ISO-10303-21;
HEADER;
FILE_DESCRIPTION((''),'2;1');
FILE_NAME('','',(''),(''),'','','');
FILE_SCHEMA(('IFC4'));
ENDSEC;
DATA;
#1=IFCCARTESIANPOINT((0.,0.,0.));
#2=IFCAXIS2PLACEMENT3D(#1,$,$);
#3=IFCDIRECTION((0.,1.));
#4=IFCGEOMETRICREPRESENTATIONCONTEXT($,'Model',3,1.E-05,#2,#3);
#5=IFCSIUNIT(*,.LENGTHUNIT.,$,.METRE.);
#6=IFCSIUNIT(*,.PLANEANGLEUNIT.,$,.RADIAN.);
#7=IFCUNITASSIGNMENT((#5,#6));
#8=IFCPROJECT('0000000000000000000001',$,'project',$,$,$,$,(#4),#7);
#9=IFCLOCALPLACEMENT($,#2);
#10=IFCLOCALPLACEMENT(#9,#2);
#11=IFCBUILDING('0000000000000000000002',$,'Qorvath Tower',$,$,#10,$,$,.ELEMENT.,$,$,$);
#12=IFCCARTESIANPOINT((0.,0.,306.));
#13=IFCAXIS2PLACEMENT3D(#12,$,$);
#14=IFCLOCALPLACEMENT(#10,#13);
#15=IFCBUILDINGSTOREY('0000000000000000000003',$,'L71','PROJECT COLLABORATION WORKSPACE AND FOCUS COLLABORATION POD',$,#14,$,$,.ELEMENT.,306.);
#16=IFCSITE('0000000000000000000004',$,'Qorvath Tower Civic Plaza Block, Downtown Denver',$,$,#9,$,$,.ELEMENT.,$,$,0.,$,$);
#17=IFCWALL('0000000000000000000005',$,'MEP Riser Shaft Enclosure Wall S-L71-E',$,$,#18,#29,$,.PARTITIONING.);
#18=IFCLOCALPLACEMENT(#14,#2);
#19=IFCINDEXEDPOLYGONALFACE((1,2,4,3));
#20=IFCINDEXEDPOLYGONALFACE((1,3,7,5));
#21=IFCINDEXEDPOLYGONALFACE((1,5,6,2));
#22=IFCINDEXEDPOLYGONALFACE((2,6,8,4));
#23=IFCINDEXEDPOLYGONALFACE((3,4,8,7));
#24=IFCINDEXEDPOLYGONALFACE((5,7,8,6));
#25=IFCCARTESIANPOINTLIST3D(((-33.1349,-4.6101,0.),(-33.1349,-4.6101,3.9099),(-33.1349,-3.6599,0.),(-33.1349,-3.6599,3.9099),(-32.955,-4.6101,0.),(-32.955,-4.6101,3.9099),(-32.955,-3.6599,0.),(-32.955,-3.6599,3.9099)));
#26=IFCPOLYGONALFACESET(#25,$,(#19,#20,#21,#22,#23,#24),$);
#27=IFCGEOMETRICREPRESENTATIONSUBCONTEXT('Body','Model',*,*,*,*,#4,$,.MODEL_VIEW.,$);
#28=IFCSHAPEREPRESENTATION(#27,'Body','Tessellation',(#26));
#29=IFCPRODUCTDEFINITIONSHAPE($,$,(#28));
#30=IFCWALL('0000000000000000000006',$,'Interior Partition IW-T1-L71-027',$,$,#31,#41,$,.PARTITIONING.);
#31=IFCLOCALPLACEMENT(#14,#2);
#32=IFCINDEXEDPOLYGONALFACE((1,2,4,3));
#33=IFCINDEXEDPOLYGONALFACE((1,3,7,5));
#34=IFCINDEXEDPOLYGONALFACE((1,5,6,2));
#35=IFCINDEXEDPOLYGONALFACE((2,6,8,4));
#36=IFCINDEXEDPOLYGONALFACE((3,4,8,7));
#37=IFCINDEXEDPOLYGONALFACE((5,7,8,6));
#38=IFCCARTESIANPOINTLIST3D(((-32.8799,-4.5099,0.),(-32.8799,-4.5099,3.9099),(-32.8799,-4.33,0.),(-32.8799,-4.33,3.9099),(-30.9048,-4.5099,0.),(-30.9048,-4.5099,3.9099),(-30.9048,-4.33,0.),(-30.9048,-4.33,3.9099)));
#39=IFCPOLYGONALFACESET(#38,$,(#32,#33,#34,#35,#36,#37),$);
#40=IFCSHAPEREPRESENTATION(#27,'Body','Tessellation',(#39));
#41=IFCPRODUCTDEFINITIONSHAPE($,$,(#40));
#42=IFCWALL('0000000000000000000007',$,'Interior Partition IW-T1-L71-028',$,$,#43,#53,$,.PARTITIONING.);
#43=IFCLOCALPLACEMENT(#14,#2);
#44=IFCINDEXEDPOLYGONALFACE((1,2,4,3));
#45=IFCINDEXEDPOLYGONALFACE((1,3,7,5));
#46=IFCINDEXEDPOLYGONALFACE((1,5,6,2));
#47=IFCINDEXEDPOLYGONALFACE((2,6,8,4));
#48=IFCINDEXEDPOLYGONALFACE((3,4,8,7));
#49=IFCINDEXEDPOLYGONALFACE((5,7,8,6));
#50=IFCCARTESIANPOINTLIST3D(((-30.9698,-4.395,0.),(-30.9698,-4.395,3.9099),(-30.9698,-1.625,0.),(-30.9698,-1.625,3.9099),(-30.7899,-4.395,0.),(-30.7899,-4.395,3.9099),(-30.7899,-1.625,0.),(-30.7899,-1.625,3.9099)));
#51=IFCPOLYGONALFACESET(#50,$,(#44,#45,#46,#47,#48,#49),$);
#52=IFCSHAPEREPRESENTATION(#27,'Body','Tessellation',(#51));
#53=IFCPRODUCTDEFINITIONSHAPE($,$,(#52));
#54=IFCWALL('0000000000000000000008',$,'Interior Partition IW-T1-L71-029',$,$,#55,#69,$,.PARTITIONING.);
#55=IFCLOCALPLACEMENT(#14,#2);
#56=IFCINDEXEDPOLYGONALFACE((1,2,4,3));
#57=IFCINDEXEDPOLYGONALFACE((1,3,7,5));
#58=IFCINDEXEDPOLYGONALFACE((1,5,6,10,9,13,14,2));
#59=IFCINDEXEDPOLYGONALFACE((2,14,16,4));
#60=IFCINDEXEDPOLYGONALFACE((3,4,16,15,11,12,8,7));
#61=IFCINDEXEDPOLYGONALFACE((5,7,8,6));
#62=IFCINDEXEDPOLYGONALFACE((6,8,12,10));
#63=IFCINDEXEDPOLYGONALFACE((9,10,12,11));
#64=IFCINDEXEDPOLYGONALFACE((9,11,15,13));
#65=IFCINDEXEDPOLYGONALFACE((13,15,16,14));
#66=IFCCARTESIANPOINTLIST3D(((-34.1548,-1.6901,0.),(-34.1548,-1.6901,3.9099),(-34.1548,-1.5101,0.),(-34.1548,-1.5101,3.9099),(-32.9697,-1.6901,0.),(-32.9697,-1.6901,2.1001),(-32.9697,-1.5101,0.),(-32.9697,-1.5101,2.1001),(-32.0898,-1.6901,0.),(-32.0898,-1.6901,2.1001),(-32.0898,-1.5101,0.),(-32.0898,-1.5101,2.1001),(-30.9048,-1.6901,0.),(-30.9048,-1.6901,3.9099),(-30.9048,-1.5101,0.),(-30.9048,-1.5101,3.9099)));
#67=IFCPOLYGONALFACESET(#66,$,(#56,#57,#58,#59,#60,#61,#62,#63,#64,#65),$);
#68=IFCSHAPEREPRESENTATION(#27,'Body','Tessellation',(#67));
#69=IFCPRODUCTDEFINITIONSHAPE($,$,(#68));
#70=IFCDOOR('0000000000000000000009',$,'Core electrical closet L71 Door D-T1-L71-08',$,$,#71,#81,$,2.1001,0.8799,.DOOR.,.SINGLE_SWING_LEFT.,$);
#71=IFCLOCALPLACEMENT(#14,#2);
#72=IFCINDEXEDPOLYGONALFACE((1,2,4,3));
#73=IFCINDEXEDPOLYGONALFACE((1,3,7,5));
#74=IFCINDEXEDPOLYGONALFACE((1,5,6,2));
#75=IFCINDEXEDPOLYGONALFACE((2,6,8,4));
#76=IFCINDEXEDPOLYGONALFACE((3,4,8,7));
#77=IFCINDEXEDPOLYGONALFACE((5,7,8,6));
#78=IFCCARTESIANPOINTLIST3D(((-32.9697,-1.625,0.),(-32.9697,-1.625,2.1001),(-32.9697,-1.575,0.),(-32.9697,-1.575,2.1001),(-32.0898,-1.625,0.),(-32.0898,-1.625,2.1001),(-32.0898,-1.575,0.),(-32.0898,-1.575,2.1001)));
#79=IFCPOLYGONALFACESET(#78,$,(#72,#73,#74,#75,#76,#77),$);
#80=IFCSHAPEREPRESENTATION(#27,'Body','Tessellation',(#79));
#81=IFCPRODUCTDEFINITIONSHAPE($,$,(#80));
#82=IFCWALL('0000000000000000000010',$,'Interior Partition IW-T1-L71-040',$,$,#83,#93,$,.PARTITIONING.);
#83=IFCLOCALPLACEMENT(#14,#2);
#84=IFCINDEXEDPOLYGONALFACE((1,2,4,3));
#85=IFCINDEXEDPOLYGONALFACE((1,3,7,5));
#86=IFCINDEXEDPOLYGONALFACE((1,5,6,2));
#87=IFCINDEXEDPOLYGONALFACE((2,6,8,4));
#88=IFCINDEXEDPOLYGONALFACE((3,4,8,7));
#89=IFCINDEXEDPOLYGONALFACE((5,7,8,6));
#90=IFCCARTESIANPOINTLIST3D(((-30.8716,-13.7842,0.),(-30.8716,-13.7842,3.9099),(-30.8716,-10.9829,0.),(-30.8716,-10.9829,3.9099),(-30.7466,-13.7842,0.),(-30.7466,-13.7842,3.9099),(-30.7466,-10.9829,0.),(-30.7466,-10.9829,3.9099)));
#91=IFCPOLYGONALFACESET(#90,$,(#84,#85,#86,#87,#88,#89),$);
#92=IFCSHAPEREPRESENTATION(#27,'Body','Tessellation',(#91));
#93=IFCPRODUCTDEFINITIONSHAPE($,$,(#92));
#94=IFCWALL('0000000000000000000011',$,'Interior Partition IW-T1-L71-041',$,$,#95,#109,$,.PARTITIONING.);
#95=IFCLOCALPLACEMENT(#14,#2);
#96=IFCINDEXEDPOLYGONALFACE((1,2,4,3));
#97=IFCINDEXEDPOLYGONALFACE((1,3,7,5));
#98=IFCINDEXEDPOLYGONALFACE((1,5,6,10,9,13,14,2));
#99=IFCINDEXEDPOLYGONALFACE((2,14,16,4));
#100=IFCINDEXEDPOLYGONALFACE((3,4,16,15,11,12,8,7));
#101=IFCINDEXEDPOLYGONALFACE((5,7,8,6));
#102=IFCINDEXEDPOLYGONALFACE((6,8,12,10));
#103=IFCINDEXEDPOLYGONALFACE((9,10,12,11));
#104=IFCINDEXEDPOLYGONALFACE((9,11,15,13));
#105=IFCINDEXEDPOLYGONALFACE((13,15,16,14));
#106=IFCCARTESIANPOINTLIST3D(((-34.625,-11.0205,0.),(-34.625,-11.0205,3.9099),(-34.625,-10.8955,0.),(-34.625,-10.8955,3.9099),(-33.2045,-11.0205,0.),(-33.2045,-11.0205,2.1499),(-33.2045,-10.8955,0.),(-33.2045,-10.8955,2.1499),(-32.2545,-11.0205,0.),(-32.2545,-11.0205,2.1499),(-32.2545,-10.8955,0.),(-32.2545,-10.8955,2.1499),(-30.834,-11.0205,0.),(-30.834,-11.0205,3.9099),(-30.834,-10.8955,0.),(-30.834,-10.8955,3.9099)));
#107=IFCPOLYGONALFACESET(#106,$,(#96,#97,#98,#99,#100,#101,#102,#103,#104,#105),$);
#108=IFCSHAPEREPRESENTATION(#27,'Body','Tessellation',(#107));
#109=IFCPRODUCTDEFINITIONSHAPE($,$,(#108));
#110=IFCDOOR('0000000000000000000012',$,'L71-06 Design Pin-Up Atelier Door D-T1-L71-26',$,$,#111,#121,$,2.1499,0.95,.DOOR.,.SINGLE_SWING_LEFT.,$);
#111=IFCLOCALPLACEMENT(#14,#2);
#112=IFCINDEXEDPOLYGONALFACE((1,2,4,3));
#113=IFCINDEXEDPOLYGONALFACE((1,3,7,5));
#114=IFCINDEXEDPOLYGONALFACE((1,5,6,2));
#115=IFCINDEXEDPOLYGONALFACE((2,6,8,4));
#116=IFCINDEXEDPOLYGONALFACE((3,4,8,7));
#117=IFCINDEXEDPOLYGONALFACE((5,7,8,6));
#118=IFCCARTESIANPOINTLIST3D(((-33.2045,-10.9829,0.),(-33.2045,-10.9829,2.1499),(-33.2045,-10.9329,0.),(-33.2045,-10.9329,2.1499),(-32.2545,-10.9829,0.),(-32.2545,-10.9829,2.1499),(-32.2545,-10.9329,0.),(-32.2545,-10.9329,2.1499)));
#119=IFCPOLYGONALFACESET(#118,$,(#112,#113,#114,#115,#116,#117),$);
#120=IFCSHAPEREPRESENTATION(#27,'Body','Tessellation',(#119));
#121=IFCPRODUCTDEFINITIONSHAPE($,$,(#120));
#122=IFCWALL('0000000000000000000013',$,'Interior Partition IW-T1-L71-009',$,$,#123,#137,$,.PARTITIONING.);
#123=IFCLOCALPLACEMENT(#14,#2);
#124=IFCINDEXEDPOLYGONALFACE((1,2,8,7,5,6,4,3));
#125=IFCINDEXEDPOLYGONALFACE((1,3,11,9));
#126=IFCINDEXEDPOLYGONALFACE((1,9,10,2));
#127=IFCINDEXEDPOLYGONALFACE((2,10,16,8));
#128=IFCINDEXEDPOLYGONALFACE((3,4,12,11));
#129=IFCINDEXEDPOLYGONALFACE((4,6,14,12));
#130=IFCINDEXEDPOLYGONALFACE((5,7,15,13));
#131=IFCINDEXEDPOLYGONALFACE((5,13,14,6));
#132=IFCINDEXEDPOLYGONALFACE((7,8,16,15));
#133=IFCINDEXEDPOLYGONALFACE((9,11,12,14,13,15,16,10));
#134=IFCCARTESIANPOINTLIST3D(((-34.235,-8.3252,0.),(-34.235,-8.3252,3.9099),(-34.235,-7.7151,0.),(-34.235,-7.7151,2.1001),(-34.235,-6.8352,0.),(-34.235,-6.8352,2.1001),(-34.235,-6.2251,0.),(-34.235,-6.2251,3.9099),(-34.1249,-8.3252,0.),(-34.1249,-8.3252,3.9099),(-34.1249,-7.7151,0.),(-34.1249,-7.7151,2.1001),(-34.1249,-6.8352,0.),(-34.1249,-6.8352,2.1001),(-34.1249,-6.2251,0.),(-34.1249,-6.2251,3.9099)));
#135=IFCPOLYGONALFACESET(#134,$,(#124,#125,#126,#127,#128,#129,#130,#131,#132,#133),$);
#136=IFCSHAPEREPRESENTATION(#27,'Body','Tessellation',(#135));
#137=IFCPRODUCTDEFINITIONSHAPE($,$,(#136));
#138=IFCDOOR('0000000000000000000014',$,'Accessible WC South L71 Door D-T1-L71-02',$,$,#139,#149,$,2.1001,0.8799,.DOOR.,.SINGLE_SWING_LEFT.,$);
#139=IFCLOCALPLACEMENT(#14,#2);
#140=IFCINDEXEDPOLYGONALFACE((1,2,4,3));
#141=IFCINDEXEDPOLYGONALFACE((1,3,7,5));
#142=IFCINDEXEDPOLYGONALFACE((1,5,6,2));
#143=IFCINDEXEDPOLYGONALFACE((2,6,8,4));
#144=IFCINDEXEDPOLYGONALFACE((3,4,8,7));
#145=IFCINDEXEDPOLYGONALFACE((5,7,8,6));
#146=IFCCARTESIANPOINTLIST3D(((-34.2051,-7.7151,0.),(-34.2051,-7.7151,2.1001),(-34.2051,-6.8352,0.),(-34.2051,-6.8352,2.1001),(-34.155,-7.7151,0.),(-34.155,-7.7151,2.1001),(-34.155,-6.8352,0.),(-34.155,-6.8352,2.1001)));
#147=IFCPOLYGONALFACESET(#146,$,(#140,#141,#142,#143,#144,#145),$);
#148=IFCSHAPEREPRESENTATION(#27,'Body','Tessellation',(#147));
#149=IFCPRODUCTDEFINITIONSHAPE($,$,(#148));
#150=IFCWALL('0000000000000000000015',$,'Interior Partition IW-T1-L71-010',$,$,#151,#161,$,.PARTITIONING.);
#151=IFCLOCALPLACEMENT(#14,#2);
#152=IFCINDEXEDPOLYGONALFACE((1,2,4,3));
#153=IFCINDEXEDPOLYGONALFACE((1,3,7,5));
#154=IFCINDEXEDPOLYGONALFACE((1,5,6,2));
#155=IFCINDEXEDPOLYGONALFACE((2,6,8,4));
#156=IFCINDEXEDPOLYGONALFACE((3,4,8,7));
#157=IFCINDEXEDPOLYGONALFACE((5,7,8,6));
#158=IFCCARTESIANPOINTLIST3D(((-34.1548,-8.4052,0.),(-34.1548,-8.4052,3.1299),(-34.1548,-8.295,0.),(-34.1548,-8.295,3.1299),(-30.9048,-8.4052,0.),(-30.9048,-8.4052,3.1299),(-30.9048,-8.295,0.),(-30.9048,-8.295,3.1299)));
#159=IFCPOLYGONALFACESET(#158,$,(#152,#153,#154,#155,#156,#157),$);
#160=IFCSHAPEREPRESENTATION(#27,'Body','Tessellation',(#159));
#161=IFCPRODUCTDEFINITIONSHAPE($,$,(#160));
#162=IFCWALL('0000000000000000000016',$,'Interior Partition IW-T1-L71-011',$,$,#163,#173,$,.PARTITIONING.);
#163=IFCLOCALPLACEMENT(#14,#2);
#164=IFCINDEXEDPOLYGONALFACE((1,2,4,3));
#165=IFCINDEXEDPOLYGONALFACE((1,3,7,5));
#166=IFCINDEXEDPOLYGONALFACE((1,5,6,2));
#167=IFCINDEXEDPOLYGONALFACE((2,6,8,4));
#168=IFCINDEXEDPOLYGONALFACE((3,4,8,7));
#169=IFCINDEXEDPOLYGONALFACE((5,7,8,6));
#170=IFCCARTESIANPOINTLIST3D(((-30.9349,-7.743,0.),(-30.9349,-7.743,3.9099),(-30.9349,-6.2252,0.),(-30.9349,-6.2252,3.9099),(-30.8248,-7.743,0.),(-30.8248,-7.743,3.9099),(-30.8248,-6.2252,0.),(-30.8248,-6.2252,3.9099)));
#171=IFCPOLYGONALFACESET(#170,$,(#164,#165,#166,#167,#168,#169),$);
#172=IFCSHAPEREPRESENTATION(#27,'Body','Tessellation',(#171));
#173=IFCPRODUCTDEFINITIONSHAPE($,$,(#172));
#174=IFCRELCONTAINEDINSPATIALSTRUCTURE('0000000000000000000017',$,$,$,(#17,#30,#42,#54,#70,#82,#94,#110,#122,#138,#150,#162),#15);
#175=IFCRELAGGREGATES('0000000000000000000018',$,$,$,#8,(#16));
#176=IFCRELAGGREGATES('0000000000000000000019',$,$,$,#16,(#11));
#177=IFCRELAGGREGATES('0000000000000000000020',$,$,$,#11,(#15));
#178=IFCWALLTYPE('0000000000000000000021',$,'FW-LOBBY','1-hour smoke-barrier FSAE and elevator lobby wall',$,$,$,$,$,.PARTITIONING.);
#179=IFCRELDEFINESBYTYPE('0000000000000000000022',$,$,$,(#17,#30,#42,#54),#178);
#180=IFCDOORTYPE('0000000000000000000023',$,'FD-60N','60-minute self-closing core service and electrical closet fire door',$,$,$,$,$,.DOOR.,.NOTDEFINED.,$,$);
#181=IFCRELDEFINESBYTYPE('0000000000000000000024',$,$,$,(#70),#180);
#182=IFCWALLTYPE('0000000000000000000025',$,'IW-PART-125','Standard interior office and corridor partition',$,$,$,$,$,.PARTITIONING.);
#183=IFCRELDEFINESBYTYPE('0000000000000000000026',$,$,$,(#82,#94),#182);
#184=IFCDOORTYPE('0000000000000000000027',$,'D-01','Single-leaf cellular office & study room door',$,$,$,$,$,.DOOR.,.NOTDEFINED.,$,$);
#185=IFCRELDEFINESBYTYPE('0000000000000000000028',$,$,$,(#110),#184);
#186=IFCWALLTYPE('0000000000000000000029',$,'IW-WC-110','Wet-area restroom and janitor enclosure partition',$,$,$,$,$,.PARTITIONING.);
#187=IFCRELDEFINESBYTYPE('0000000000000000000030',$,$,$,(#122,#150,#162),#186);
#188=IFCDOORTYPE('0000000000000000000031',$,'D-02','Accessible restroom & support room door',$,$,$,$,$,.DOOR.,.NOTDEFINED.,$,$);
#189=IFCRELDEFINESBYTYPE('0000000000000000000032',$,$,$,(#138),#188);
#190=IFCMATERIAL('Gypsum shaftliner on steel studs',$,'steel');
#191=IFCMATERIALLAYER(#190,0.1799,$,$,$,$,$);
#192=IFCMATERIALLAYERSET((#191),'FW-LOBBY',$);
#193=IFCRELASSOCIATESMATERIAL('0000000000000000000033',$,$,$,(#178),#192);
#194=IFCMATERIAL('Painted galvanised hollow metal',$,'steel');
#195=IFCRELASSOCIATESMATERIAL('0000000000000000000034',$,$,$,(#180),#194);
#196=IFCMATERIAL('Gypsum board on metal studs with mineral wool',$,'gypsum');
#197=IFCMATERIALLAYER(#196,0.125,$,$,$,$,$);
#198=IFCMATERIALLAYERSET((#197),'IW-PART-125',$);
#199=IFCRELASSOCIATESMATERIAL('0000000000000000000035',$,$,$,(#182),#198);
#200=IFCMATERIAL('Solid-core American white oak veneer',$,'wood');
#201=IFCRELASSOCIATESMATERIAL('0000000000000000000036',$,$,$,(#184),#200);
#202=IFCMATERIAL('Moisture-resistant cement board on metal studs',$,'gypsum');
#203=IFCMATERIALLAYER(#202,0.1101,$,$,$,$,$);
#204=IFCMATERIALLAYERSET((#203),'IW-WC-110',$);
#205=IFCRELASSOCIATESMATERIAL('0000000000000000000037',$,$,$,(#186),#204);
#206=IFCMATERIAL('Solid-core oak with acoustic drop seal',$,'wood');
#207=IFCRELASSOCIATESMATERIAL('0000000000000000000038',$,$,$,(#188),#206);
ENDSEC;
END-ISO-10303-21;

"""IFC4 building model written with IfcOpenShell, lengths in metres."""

from ifc_helpers import new_model, si_unit, direction, frame, frame_2d, origin, place, context, subcontext, project, spatial, rectangle, extrude, material, layer, layer_set, type_object, element, fill, save


model = new_model("IFC4")

# Units and contexts
model_context = context("Model", 3, precision=1e-05, world=origin(), true_north=direction((0.0, 1.0)))
body_context = subcontext(model_context, "Body", "Model", "MODEL_VIEW")
ifc_project = project(units=[si_unit("LENGTHUNIT", "METRE"), si_unit("PLANEANGLEUNIT", "RADIAN")], contexts=[model_context])

# Site, building, storey
site_placement = place(None, origin())
site = spatial("IfcSite", under=ifc_project, at=site_placement, Name="Qorvath Tower Civic Plaza Block, Downtown Denver", CompositionType="ELEMENT", RefElevation=0.0)
building_placement = place(site_placement, origin())
building = spatial("IfcBuilding", under=site, at=building_placement, Name="Qorvath Tower", CompositionType="ELEMENT")
storey_placement = place(building_placement, frame((0.0, 0.0, 306.0)))
storey = spatial("IfcBuildingStorey", under=building, at=storey_placement, Name="L71", Description="PROJECT COLLABORATION WORKSPACE AND FOCUS COLLABORATION POD", CompositionType="ELEMENT", Elevation=306.0)

# Walls
ifc_material_1 = material(Name="Gypsum shaftliner on steel studs", Category="steel")
ifc_layer_1 = layer(ifc_material_1, 0.1799)
ifc_layer_set_1 = layer_set([ifc_layer_1], Name="FW-LOBBY")
wall_type_1 = type_object("IfcWallType", Name="FW-LOBBY", Description="1-hour smoke-barrier FSAE and elevator lobby wall", PredefinedType="PARTITIONING", material=ifc_layer_set_1)
for number, where, z_axis, x_axis, name in (
    (1, (-33.0449, -3.6599, 0.0), (0.0, 0.0, 1.0), (0.0, -1.0, 0.0), "MEP Riser Shaft Enclosure Wall S-L71-E"),
):
    element("IfcWall", number, at=place(storey_placement, frame(where, z_axis=z_axis, x_axis=x_axis)), inside=storey, type_object=wall_type_1, Name=name, PredefinedType="PARTITIONING", context=body_context, shape_type="SweptSolid", body=[
        extrude(rectangle(XDim=0.9502, YDim=0.1799, at=frame_2d((0.4751, 0.0))), origin(), (0.0, 0.0, 1.0), 3.9099),
    ])
wall_1_placement = place(storey_placement, frame((-32.8799, -4.4199, 0.0), z_axis=(0.0, 0.0, 1.0), x_axis=(1.0, 0.0, 0.0)))
element("IfcWall", 2, at=wall_1_placement, inside=storey, type_object=wall_type_1, Name="Interior Partition IW-T1-L71-027", PredefinedType="PARTITIONING", context=body_context, shape_type="SweptSolid", body=[
    extrude(rectangle(XDim=1.9751, YDim=0.1799, at=frame_2d((0.9875, 0.0))), origin(), (0.0, 0.0, 1.0), 3.9099),
])
wall_2_placement = place(storey_placement, frame((-30.8799, -4.395, 0.0), z_axis=(0.0, 0.0, 1.0), x_axis=(0.0, 1.0, 0.0)))
element("IfcWall", 3, at=wall_2_placement, inside=storey, type_object=wall_type_1, Name="Interior Partition IW-T1-L71-028", PredefinedType="PARTITIONING", context=body_context, shape_type="SweptSolid", body=[
    extrude(rectangle(XDim=2.77, YDim=0.1799, at=frame_2d((1.385, 0.0))), origin(), (0.0, 0.0, 1.0), 3.9099),
])

# Wall, opening, door
wall_3_placement = place(storey_placement, frame((-30.9048, -1.6001, 0.0), z_axis=(0.0, 0.0, 1.0), x_axis=(-1.0, 0.0, 0.0)))
wall_3 = element("IfcWall", 4, at=wall_3_placement, inside=storey, type_object=wall_type_1, Name="Interior Partition IW-T1-L71-029", PredefinedType="PARTITIONING", context=body_context, shape_type="SweptSolid", body=[
    extrude(rectangle(XDim=3.25, YDim=0.1799, at=frame_2d((1.625, 0.0))), origin(), (0.0, 0.0, 1.0), 3.9099),
])
opening_1_placement = place(wall_3_placement, frame((1.1851, 0.0, 0.0)))
opening_1 = element("IfcOpeningElement", 5, at=opening_1_placement, cuts=wall_3, PredefinedType="OPENING", context=body_context, shape_type="SweptSolid", body=[
    extrude(rectangle(XDim=0.8799, YDim=2.1001, at=frame_2d((0.4399, 1.05))), frame((0.0, 0.1001, 0.0), z_axis=(0.0, -1.0, 0.0), x_axis=(1.0, 0.0, 0.0)), (0.0, 0.0, 1.0), 0.2),
])
ifc_material_2 = material(Name="Painted galvanised hollow metal", Category="steel")
door_type_1 = type_object("IfcDoorType", Name="FD-60N", Description="60-minute self-closing core service and electrical closet fire door", OperationType="NOTDEFINED", PredefinedType="DOOR", material=ifc_material_2)
door_1_placement = place(opening_1_placement, origin())
door_1 = element("IfcDoor", 6, at=door_1_placement, inside=storey, type_object=door_type_1, Name="Core electrical closet L71 Door D-T1-L71-08", OperationType="SINGLE_SWING_LEFT", OverallHeight=2.1001, OverallWidth=0.8799, PredefinedType="DOOR", context=body_context, shape_type="SweptSolid", body=[
    extrude(rectangle(XDim=0.8799, YDim=2.1001, at=frame_2d((0.4399, 1.05))), frame((0.0, 0.0249, 0.0), z_axis=(0.0, -1.0, 0.0), x_axis=(1.0, 0.0, 0.0)), (0.0, 0.0, 1.0), 0.05),
])
fill(opening_1, door_1)

# Wall
ifc_material_3 = material(Name="Gypsum board on metal studs with mineral wool", Category="gypsum")
ifc_layer_2 = layer(ifc_material_3, 0.125)
ifc_layer_set_2 = layer_set([ifc_layer_2], Name="IW-PART-125")
wall_type_2 = type_object("IfcWallType", Name="IW-PART-125", Description="Standard interior office and corridor partition", PredefinedType="PARTITIONING", material=ifc_layer_set_2)
wall_4_placement = place(storey_placement, frame((-30.8091, -13.7842, 0.0), z_axis=(0.0, 0.0, 1.0), x_axis=(0.0, 1.0, 0.0)))
element("IfcWall", 7, at=wall_4_placement, inside=storey, type_object=wall_type_2, Name="Interior Partition IW-T1-L71-040", PredefinedType="PARTITIONING", context=body_context, shape_type="SweptSolid", body=[
    extrude(rectangle(XDim=2.8013, YDim=0.125, at=frame_2d((1.4006, 0.0))), origin(), (0.0, 0.0, 1.0), 3.9099),
])

# Walls, openings, doors
wall_5_placement = place(storey_placement, frame((-30.834, -10.958, 0.0), z_axis=(0.0, 0.0, 1.0), x_axis=(-1.0, 0.0, 0.0)))
wall_5 = element("IfcWall", 8, at=wall_5_placement, inside=storey, type_object=wall_type_2, Name="Interior Partition IW-T1-L71-041", PredefinedType="PARTITIONING", context=body_context, shape_type="SweptSolid", body=[
    extrude(rectangle(XDim=3.791, YDim=0.125, at=frame_2d((1.8955, 0.0))), origin(), (0.0, 0.0, 1.0), 3.9099),
])
opening_2_placement = place(wall_5_placement, frame((1.4204, 0.0, 0.0)))
opening_2 = element("IfcOpeningElement", 9, at=opening_2_placement, cuts=wall_5, PredefinedType="OPENING", context=body_context, shape_type="SweptSolid", body=[
    extrude(rectangle(XDim=0.95, YDim=2.1499, at=frame_2d((0.4751, 1.075))), frame((0.0, 0.0725, 0.0), z_axis=(0.0, -1.0, 0.0), x_axis=(1.0, 0.0, 0.0)), (0.0, 0.0, 1.0), 0.145),
])
ifc_material_4 = material(Name="Solid-core American white oak veneer", Category="wood")
door_type_2 = type_object("IfcDoorType", Name="D-01", Description="Single-leaf cellular office & study room door", OperationType="NOTDEFINED", PredefinedType="DOOR", material=ifc_material_4)
door_2_placement = place(opening_2_placement, origin())
door_2 = element("IfcDoor", 10, at=door_2_placement, inside=storey, type_object=door_type_2, Name="L71-06 Design Pin-Up Atelier Door D-T1-L71-26", OperationType="SINGLE_SWING_LEFT", OverallHeight=2.1499, OverallWidth=0.95, PredefinedType="DOOR", context=body_context, shape_type="SweptSolid", body=[
    extrude(rectangle(XDim=0.95, YDim=2.1499, at=frame_2d((0.4751, 1.075))), frame((0.0, 0.0249, 0.0), z_axis=(0.0, -1.0, 0.0), x_axis=(1.0, 0.0, 0.0)), (0.0, 0.0, 1.0), 0.05),
])
fill(opening_2, door_2)
ifc_material_5 = material(Name="Moisture-resistant cement board on metal studs", Category="gypsum")
ifc_layer_3 = layer(ifc_material_5, 0.1101)
ifc_layer_set_3 = layer_set([ifc_layer_3], Name="IW-WC-110")
wall_type_3 = type_object("IfcWallType", Name="IW-WC-110", Description="Wet-area restroom and janitor enclosure partition", PredefinedType="PARTITIONING", material=ifc_layer_set_3)
wall_6_placement = place(storey_placement, frame((-34.1799, -6.2251, 0.0), z_axis=(0.0, 0.0, 1.0), x_axis=(0.0, -1.0, 0.0)))
wall_6 = element("IfcWall", 11, at=wall_6_placement, inside=storey, type_object=wall_type_3, Name="Interior Partition IW-T1-L71-009", PredefinedType="PARTITIONING", context=body_context, shape_type="SweptSolid", body=[
    extrude(rectangle(XDim=2.1001, YDim=0.1101, at=frame_2d((1.05, 0.0))), origin(), (0.0, 0.0, 1.0), 3.9099),
])
opening_3_placement = place(wall_6_placement, frame((0.6101, 0.0, 0.0)))
opening_3 = element("IfcOpeningElement", 12, at=opening_3_placement, cuts=wall_6, PredefinedType="OPENING", context=body_context, shape_type="SweptSolid", body=[
    extrude(rectangle(XDim=0.8799, YDim=2.1001, at=frame_2d((0.4399, 1.05))), frame((0.0, 0.0649, 0.0), z_axis=(0.0, -1.0, 0.0), x_axis=(1.0, 0.0, 0.0)), (0.0, 0.0, 1.0), 0.1301),
])
ifc_material_6 = material(Name="Solid-core oak with acoustic drop seal", Category="wood")
door_type_3 = type_object("IfcDoorType", Name="D-02", Description="Accessible restroom & support room door", OperationType="NOTDEFINED", PredefinedType="DOOR", material=ifc_material_6)
door_3_placement = place(opening_3_placement, origin())
door_3 = element("IfcDoor", 13, at=door_3_placement, inside=storey, type_object=door_type_3, Name="Accessible WC South L71 Door D-T1-L71-02", OperationType="SINGLE_SWING_LEFT", OverallHeight=2.1001, OverallWidth=0.8799, PredefinedType="DOOR", context=body_context, shape_type="SweptSolid", body=[
    extrude(rectangle(XDim=0.8799, YDim=2.1001, at=frame_2d((0.4399, 1.05))), frame((0.0, 0.0249, 0.0), z_axis=(0.0, -1.0, 0.0), x_axis=(1.0, 0.0, 0.0)), (0.0, 0.0, 1.0), 0.05),
])
fill(opening_3, door_3)

# Walls
wall_7_placement = place(storey_placement, frame((-34.1548, -8.3501, 0.0), z_axis=(0.0, 0.0, 1.0), x_axis=(1.0, 0.0, 0.0)))
element("IfcWall", 14, at=wall_7_placement, inside=storey, type_object=wall_type_3, Name="Interior Partition IW-T1-L71-010", PredefinedType="PARTITIONING", context=body_context, shape_type="SweptSolid", body=[
    extrude(rectangle(XDim=3.25, YDim=0.1101, at=frame_2d((1.625, 0.0))), origin(), (0.0, 0.0, 1.0), 3.1299),
])
wall_8_placement = place(storey_placement, frame((-30.8799, -7.7429, 0.0), z_axis=(0.0, 0.0, 1.0), x_axis=(0.0, 1.0, 0.0)))
element("IfcWall", 15, at=wall_8_placement, inside=storey, type_object=wall_type_3, Name="Interior Partition IW-T1-L71-011", PredefinedType="PARTITIONING", context=body_context, shape_type="SweptSolid", body=[
    extrude(rectangle(XDim=1.5178, YDim=0.1101, at=frame_2d((0.7588, 0.0))), origin(), (0.0, 0.0, 1.0), 3.9099),
])

save(model, "model.ifc")
